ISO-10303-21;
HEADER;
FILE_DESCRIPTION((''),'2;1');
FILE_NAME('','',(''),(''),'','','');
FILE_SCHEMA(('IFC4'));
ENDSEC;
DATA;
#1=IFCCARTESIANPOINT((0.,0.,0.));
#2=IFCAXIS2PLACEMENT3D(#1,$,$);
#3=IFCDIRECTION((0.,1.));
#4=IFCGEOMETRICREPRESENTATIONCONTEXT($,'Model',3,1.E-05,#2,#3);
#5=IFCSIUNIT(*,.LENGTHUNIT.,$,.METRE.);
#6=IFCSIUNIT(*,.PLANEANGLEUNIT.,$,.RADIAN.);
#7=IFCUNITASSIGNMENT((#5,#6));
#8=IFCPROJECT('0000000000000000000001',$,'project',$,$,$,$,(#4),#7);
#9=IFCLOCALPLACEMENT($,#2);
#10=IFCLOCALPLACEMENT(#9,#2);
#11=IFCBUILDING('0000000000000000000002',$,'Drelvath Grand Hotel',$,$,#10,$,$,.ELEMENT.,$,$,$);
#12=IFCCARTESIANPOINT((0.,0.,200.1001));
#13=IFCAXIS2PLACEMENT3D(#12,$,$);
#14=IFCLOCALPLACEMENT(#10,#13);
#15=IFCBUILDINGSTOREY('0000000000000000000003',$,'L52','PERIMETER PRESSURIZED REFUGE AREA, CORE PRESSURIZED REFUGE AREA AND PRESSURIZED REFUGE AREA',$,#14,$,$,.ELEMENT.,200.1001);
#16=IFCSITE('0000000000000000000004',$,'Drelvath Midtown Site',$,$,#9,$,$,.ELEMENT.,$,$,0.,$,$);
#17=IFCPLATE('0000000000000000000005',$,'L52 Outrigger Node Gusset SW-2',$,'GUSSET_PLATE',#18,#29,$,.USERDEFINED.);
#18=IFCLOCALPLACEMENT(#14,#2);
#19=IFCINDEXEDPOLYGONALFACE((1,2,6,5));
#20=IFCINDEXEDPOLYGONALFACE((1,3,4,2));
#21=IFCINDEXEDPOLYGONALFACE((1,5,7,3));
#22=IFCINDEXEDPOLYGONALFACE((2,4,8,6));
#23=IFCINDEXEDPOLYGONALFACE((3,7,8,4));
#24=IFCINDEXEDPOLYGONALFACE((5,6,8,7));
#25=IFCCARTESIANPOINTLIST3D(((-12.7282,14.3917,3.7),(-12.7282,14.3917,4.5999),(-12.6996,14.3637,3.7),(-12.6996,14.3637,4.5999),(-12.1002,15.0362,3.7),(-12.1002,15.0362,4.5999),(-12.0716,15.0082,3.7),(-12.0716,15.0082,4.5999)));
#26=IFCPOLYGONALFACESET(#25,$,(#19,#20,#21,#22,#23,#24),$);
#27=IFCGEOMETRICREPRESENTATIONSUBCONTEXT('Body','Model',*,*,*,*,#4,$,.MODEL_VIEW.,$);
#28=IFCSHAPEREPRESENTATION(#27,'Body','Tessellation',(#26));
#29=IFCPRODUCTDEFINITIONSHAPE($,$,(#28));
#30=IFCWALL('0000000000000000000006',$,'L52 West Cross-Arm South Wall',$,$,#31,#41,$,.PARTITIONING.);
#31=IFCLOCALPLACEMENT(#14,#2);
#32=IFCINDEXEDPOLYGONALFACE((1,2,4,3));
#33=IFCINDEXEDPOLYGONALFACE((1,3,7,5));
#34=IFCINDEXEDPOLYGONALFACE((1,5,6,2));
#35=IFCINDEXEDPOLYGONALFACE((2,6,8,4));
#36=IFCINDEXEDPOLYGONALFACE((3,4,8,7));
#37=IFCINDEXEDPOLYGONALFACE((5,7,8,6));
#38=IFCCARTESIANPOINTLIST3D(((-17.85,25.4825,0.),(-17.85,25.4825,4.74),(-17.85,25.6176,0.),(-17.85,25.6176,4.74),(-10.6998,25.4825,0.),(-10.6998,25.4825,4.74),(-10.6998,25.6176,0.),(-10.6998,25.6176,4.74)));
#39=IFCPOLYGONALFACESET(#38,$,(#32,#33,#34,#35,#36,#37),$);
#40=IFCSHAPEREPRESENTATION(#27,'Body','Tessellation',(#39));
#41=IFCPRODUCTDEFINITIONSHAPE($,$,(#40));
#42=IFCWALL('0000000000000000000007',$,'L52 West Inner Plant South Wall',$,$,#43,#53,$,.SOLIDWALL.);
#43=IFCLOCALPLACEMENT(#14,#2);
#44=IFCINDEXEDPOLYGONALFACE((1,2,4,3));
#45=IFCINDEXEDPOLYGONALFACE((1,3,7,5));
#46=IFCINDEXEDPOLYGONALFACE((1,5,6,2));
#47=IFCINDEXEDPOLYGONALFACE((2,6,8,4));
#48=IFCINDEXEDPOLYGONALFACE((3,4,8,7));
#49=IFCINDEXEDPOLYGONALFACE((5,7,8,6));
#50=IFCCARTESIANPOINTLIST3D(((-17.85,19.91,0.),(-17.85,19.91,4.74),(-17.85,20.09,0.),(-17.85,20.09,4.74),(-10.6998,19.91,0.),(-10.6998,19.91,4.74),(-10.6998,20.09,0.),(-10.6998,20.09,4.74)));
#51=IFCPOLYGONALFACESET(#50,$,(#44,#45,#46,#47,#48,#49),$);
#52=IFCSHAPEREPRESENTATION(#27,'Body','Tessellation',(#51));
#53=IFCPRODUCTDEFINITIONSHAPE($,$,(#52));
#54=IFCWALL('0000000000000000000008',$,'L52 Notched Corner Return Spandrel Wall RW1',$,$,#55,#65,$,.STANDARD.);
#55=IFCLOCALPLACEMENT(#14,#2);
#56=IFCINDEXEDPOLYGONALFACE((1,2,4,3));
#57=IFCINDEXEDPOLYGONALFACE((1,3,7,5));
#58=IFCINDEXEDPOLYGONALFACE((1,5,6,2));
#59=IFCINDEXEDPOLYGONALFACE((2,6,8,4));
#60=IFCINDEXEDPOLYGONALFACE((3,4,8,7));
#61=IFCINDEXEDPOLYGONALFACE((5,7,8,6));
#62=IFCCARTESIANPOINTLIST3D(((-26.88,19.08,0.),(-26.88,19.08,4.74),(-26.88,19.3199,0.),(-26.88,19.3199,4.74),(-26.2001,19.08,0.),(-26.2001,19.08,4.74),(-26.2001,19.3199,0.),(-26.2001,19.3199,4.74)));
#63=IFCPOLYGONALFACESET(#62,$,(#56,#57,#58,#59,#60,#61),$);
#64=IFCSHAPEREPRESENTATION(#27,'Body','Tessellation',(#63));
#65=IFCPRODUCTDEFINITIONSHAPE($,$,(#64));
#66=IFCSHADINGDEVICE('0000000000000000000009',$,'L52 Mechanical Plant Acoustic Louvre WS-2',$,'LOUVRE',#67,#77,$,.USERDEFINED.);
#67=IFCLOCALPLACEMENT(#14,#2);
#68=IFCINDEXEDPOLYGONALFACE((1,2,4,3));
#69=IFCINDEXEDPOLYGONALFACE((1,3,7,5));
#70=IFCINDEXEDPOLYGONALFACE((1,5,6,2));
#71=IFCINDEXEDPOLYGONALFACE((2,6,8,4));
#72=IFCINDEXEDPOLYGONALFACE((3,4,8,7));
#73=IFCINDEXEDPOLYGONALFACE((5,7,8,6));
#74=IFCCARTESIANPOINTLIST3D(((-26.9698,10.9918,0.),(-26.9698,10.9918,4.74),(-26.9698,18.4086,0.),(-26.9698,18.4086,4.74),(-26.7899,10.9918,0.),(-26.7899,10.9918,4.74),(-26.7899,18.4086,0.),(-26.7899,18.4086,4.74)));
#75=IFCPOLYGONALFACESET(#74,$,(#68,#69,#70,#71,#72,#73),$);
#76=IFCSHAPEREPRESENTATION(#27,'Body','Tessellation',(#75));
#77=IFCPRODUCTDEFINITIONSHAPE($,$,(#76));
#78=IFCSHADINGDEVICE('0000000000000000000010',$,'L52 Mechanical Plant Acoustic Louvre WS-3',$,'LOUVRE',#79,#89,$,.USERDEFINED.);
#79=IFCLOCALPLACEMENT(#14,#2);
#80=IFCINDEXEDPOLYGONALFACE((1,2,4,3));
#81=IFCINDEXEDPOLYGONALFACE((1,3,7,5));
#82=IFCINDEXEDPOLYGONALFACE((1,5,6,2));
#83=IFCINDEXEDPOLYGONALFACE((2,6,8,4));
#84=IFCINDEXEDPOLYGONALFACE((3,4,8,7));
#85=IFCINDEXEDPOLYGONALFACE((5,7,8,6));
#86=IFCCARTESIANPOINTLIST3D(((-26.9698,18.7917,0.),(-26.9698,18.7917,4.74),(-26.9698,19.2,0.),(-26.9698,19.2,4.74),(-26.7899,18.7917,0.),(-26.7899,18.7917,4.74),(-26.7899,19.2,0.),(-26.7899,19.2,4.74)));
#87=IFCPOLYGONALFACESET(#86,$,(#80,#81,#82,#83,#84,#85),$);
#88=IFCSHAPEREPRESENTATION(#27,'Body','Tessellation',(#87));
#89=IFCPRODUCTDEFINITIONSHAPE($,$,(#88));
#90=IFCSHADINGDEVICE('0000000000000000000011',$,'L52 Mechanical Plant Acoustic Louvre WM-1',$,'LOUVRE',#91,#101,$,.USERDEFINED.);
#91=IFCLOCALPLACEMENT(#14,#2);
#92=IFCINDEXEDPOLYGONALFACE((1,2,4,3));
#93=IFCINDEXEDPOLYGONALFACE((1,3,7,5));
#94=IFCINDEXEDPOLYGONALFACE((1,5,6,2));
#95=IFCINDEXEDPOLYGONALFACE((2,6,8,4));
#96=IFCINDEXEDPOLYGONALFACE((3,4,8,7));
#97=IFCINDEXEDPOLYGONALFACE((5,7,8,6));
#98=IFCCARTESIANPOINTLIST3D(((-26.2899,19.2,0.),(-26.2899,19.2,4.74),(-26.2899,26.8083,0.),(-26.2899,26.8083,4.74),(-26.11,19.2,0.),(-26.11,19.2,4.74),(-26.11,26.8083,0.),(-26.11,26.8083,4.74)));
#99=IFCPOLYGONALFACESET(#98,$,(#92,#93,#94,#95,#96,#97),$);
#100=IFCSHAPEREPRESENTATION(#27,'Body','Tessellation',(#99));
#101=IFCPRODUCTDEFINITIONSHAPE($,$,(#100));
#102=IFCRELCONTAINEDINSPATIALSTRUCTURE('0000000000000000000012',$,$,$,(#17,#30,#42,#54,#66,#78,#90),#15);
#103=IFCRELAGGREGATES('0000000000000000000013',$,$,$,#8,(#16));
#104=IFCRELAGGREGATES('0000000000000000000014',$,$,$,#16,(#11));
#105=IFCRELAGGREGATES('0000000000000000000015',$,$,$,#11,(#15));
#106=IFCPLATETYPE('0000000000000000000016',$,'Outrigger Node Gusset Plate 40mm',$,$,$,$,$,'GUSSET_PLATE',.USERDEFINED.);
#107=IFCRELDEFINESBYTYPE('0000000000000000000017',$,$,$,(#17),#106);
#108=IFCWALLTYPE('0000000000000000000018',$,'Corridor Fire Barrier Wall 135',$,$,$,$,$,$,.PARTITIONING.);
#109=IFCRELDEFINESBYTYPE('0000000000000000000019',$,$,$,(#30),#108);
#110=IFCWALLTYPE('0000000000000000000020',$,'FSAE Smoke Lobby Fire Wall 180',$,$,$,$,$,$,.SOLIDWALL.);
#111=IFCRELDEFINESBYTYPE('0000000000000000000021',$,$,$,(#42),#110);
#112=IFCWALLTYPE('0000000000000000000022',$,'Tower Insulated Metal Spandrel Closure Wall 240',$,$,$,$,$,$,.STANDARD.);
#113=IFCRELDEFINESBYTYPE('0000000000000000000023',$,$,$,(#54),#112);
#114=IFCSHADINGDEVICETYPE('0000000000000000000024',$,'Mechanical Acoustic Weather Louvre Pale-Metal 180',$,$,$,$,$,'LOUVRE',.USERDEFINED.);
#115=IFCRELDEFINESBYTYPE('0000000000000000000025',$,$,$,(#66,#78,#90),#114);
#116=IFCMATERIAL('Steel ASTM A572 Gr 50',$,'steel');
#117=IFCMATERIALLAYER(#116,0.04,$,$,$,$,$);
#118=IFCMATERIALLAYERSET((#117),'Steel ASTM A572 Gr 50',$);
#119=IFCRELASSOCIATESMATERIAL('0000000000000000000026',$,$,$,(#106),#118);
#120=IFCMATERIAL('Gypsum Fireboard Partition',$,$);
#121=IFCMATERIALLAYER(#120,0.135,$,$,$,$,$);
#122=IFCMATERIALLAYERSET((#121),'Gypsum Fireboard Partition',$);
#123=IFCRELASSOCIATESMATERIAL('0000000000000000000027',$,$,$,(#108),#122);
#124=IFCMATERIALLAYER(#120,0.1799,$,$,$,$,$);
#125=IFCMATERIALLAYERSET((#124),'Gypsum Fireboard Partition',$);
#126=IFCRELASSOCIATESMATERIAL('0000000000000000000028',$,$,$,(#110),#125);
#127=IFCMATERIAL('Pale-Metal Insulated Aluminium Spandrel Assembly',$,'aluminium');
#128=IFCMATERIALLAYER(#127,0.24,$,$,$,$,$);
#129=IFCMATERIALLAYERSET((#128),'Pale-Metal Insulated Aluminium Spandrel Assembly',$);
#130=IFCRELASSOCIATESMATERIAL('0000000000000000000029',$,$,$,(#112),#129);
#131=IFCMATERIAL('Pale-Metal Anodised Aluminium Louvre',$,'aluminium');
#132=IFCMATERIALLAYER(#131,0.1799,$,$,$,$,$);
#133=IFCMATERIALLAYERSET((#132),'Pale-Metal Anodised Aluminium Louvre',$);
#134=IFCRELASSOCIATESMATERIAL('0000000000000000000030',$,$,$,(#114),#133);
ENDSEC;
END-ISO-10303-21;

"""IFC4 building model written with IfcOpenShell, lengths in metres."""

from ifc_helpers import new_model, si_unit, direction, frame, frame_2d, origin, origin_2d, place, context, subcontext, project, spatial, rectangle, extrude, material, layer, layer_set, type_object, element, save


model = new_model("IFC4")

# Units and contexts
model_context = context("Model", 3, precision=1e-05, world=origin(), true_north=direction((0.0, 1.0)))
body_context = subcontext(model_context, "Body", "Model", "MODEL_VIEW")
ifc_project = project(units=[si_unit("LENGTHUNIT", "METRE"), si_unit("PLANEANGLEUNIT", "RADIAN")], contexts=[model_context])

# Site, building, storey
site_placement = place(None, origin())
site = spatial("IfcSite", under=ifc_project, at=site_placement, Name="Drelvath Midtown Site", CompositionType="ELEMENT", RefElevation=0.0)
building_placement = place(site_placement, origin())
building = spatial("IfcBuilding", under=site, at=building_placement, Name="Drelvath Grand Hotel", CompositionType="ELEMENT")
storey_placement = place(building_placement, frame((0.0, 0.0, 200.1001)))
storey = spatial("IfcBuildingStorey", under=building, at=storey_placement, Name="L52", Description="PERIMETER PRESSURIZED REFUGE AREA, CORE PRESSURIZED REFUGE AREA AND PRESSURIZED REFUGE AREA", CompositionType="ELEMENT", Elevation=200.1001)

# Shared definitions
ifc_material_1 = material(Name="Steel ASTM A572 Gr 50", Category="steel")

# Plate
ifc_layer_1 = layer(ifc_material_1, 0.04)
ifc_layer_set_1 = layer_set([ifc_layer_1], Name="Steel ASTM A572 Gr 50")
plate_type_1 = type_object("IfcPlateType", Name="Outrigger Node Gusset Plate 40mm", ElementType="GUSSET_PLATE", PredefinedType="USERDEFINED", material=ifc_layer_set_1)
plate_placement = place(storey_placement, frame((-12.3999, 14.7, 3.7), z_axis=(0.0, 0.0, 1.0), x_axis=(-0.697865, -0.71623, 0.0)))
element("IfcPlate", 1, at=plate_placement, inside=storey, type_object=plate_type_1, Name="L52 Outrigger Node Gusset SW-2", ObjectType="GUSSET_PLATE", PredefinedType="USERDEFINED", context=body_context, shape_type="SweptSolid", body=[
    extrude(rectangle(XDim=0.8999, YDim=0.04, at=origin_2d()), origin(), (0.0, 0.0, 1.0), 0.8999),
])

# Walls
ifc_material_2 = material(Name="Gypsum Fireboard Partition")
ifc_layer_2 = layer(ifc_material_2, 0.135)
ifc_layer_set_2 = layer_set([ifc_layer_2], Name="Gypsum Fireboard Partition")
wall_type_1 = type_object("IfcWallType", Name="Corridor Fire Barrier Wall 135", PredefinedType="PARTITIONING", material=ifc_layer_set_2)
wall_1_placement = place(storey_placement, frame((-17.8501, 25.55, 0.0), z_axis=(0.0, 0.0, 1.0), x_axis=(1.0, 0.0, 0.0)))
element("IfcWall", 2, at=wall_1_placement, inside=storey, type_object=wall_type_1, Name="L52 West Cross-Arm South Wall", PredefinedType="PARTITIONING", context=body_context, shape_type="SweptSolid", body=[
    extrude(rectangle(XDim=7.1501, YDim=0.135, at=frame_2d((3.5752, 0.0))), origin(), (0.0, 0.0, 1.0), 4.74),
])
ifc_layer_3 = layer(ifc_material_2, 0.1799)
ifc_layer_set_3 = layer_set([ifc_layer_3], Name="Gypsum Fireboard Partition")
wall_type_2 = type_object("IfcWallType", Name="FSAE Smoke Lobby Fire Wall 180", PredefinedType="SOLIDWALL", material=ifc_layer_set_3)
wall_2_placement = place(storey_placement, frame((-17.8501, 20.0, 0.0), z_axis=(0.0, 0.0, 1.0), x_axis=(1.0, 0.0, 0.0)))
element("IfcWall", 3, at=wall_2_placement, inside=storey, type_object=wall_type_2, Name="L52 West Inner Plant South Wall", PredefinedType="SOLIDWALL", context=body_context, shape_type="SweptSolid", body=[
    extrude(rectangle(XDim=7.1501, YDim=0.1799, at=frame_2d((3.5752, 0.0))), origin(), (0.0, 0.0, 1.0), 4.74),
])
ifc_material_3 = material(Name="Pale-Metal Insulated Aluminium Spandrel Assembly", Category="aluminium")
ifc_layer_4 = layer(ifc_material_3, 0.24)
ifc_layer_set_4 = layer_set([ifc_layer_4], Name="Pale-Metal Insulated Aluminium Spandrel Assembly")
wall_type_3 = type_object("IfcWallType", Name="Tower Insulated Metal Spandrel Closure Wall 240", PredefinedType="STANDARD", material=ifc_layer_set_4)
wall_3_placement = place(storey_placement, frame((-26.8799, 19.2, 0.0), z_axis=(0.0, 0.0, 1.0), x_axis=(1.0, 0.0, 0.0)))
element("IfcWall", 4, at=wall_3_placement, inside=storey, type_object=wall_type_3, Name="L52 Notched Corner Return Spandrel Wall RW1", PredefinedType="STANDARD", context=body_context, shape_type="SweptSolid", body=[
    extrude(rectangle(XDim=0.6799, YDim=0.24, at=frame_2d((0.3398, 0.0))), origin(), (0.0, 0.0, 1.0), 4.74),
])

# Shading devices
ifc_material_4 = material(Name="Pale-Metal Anodised Aluminium Louvre", Category="aluminium")
ifc_layer_5 = layer(ifc_material_4, 0.1799)
ifc_layer_set_5 = layer_set([ifc_layer_5], Name="Pale-Metal Anodised Aluminium Louvre")
shading_device_type = type_object("IfcShadingDeviceType", Name="Mechanical Acoustic Weather Louvre Pale-Metal 180", ElementType="LOUVRE", PredefinedType="USERDEFINED", material=ifc_layer_set_5)
shading_device_1_placement = place(storey_placement, frame((-26.8799, 14.7002, 0.0), z_axis=(0.0, 0.0, 1.0), x_axis=(0.0, 1.0, 0.0)))
element("IfcShadingDevice", 5, at=shading_device_1_placement, inside=storey, type_object=shading_device_type, Name="L52 Mechanical Plant Acoustic Louvre WS-2", ObjectType="LOUVRE", PredefinedType="USERDEFINED", context=body_context, shape_type="SweptSolid", body=[
    extrude(rectangle(XDim=7.4167, YDim=0.1799, at=origin_2d()), origin(), (0.0, 0.0, 1.0), 4.74),
])
shading_device_2_placement = place(storey_placement, frame((-26.8799, 18.9958, 0.0), z_axis=(0.0, 0.0, 1.0), x_axis=(0.0, 1.0, 0.0)))
element("IfcShadingDevice", 6, at=shading_device_2_placement, inside=storey, type_object=shading_device_type, Name="L52 Mechanical Plant Acoustic Louvre WS-3", ObjectType="LOUVRE", PredefinedType="USERDEFINED", context=body_context, shape_type="SweptSolid", body=[
    extrude(rectangle(XDim=0.4082, YDim=0.1799, at=origin_2d()), origin(), (0.0, 0.0, 1.0), 4.74),
])
shading_device_3_placement = place(storey_placement, frame((-26.2, 23.0042, 0.0), z_axis=(0.0, 0.0, 1.0), x_axis=(0.0, 1.0, 0.0)))
element("IfcShadingDevice", 7, at=shading_device_3_placement, inside=storey, type_object=shading_device_type, Name="L52 Mechanical Plant Acoustic Louvre WM-1", ObjectType="LOUVRE", PredefinedType="USERDEFINED", context=body_context, shape_type="SweptSolid", body=[
    extrude(rectangle(XDim=7.6084, YDim=0.1799, at=origin_2d()), origin(), (0.0, 0.0, 1.0), 4.74),
])

save(model, "model.ifc")
